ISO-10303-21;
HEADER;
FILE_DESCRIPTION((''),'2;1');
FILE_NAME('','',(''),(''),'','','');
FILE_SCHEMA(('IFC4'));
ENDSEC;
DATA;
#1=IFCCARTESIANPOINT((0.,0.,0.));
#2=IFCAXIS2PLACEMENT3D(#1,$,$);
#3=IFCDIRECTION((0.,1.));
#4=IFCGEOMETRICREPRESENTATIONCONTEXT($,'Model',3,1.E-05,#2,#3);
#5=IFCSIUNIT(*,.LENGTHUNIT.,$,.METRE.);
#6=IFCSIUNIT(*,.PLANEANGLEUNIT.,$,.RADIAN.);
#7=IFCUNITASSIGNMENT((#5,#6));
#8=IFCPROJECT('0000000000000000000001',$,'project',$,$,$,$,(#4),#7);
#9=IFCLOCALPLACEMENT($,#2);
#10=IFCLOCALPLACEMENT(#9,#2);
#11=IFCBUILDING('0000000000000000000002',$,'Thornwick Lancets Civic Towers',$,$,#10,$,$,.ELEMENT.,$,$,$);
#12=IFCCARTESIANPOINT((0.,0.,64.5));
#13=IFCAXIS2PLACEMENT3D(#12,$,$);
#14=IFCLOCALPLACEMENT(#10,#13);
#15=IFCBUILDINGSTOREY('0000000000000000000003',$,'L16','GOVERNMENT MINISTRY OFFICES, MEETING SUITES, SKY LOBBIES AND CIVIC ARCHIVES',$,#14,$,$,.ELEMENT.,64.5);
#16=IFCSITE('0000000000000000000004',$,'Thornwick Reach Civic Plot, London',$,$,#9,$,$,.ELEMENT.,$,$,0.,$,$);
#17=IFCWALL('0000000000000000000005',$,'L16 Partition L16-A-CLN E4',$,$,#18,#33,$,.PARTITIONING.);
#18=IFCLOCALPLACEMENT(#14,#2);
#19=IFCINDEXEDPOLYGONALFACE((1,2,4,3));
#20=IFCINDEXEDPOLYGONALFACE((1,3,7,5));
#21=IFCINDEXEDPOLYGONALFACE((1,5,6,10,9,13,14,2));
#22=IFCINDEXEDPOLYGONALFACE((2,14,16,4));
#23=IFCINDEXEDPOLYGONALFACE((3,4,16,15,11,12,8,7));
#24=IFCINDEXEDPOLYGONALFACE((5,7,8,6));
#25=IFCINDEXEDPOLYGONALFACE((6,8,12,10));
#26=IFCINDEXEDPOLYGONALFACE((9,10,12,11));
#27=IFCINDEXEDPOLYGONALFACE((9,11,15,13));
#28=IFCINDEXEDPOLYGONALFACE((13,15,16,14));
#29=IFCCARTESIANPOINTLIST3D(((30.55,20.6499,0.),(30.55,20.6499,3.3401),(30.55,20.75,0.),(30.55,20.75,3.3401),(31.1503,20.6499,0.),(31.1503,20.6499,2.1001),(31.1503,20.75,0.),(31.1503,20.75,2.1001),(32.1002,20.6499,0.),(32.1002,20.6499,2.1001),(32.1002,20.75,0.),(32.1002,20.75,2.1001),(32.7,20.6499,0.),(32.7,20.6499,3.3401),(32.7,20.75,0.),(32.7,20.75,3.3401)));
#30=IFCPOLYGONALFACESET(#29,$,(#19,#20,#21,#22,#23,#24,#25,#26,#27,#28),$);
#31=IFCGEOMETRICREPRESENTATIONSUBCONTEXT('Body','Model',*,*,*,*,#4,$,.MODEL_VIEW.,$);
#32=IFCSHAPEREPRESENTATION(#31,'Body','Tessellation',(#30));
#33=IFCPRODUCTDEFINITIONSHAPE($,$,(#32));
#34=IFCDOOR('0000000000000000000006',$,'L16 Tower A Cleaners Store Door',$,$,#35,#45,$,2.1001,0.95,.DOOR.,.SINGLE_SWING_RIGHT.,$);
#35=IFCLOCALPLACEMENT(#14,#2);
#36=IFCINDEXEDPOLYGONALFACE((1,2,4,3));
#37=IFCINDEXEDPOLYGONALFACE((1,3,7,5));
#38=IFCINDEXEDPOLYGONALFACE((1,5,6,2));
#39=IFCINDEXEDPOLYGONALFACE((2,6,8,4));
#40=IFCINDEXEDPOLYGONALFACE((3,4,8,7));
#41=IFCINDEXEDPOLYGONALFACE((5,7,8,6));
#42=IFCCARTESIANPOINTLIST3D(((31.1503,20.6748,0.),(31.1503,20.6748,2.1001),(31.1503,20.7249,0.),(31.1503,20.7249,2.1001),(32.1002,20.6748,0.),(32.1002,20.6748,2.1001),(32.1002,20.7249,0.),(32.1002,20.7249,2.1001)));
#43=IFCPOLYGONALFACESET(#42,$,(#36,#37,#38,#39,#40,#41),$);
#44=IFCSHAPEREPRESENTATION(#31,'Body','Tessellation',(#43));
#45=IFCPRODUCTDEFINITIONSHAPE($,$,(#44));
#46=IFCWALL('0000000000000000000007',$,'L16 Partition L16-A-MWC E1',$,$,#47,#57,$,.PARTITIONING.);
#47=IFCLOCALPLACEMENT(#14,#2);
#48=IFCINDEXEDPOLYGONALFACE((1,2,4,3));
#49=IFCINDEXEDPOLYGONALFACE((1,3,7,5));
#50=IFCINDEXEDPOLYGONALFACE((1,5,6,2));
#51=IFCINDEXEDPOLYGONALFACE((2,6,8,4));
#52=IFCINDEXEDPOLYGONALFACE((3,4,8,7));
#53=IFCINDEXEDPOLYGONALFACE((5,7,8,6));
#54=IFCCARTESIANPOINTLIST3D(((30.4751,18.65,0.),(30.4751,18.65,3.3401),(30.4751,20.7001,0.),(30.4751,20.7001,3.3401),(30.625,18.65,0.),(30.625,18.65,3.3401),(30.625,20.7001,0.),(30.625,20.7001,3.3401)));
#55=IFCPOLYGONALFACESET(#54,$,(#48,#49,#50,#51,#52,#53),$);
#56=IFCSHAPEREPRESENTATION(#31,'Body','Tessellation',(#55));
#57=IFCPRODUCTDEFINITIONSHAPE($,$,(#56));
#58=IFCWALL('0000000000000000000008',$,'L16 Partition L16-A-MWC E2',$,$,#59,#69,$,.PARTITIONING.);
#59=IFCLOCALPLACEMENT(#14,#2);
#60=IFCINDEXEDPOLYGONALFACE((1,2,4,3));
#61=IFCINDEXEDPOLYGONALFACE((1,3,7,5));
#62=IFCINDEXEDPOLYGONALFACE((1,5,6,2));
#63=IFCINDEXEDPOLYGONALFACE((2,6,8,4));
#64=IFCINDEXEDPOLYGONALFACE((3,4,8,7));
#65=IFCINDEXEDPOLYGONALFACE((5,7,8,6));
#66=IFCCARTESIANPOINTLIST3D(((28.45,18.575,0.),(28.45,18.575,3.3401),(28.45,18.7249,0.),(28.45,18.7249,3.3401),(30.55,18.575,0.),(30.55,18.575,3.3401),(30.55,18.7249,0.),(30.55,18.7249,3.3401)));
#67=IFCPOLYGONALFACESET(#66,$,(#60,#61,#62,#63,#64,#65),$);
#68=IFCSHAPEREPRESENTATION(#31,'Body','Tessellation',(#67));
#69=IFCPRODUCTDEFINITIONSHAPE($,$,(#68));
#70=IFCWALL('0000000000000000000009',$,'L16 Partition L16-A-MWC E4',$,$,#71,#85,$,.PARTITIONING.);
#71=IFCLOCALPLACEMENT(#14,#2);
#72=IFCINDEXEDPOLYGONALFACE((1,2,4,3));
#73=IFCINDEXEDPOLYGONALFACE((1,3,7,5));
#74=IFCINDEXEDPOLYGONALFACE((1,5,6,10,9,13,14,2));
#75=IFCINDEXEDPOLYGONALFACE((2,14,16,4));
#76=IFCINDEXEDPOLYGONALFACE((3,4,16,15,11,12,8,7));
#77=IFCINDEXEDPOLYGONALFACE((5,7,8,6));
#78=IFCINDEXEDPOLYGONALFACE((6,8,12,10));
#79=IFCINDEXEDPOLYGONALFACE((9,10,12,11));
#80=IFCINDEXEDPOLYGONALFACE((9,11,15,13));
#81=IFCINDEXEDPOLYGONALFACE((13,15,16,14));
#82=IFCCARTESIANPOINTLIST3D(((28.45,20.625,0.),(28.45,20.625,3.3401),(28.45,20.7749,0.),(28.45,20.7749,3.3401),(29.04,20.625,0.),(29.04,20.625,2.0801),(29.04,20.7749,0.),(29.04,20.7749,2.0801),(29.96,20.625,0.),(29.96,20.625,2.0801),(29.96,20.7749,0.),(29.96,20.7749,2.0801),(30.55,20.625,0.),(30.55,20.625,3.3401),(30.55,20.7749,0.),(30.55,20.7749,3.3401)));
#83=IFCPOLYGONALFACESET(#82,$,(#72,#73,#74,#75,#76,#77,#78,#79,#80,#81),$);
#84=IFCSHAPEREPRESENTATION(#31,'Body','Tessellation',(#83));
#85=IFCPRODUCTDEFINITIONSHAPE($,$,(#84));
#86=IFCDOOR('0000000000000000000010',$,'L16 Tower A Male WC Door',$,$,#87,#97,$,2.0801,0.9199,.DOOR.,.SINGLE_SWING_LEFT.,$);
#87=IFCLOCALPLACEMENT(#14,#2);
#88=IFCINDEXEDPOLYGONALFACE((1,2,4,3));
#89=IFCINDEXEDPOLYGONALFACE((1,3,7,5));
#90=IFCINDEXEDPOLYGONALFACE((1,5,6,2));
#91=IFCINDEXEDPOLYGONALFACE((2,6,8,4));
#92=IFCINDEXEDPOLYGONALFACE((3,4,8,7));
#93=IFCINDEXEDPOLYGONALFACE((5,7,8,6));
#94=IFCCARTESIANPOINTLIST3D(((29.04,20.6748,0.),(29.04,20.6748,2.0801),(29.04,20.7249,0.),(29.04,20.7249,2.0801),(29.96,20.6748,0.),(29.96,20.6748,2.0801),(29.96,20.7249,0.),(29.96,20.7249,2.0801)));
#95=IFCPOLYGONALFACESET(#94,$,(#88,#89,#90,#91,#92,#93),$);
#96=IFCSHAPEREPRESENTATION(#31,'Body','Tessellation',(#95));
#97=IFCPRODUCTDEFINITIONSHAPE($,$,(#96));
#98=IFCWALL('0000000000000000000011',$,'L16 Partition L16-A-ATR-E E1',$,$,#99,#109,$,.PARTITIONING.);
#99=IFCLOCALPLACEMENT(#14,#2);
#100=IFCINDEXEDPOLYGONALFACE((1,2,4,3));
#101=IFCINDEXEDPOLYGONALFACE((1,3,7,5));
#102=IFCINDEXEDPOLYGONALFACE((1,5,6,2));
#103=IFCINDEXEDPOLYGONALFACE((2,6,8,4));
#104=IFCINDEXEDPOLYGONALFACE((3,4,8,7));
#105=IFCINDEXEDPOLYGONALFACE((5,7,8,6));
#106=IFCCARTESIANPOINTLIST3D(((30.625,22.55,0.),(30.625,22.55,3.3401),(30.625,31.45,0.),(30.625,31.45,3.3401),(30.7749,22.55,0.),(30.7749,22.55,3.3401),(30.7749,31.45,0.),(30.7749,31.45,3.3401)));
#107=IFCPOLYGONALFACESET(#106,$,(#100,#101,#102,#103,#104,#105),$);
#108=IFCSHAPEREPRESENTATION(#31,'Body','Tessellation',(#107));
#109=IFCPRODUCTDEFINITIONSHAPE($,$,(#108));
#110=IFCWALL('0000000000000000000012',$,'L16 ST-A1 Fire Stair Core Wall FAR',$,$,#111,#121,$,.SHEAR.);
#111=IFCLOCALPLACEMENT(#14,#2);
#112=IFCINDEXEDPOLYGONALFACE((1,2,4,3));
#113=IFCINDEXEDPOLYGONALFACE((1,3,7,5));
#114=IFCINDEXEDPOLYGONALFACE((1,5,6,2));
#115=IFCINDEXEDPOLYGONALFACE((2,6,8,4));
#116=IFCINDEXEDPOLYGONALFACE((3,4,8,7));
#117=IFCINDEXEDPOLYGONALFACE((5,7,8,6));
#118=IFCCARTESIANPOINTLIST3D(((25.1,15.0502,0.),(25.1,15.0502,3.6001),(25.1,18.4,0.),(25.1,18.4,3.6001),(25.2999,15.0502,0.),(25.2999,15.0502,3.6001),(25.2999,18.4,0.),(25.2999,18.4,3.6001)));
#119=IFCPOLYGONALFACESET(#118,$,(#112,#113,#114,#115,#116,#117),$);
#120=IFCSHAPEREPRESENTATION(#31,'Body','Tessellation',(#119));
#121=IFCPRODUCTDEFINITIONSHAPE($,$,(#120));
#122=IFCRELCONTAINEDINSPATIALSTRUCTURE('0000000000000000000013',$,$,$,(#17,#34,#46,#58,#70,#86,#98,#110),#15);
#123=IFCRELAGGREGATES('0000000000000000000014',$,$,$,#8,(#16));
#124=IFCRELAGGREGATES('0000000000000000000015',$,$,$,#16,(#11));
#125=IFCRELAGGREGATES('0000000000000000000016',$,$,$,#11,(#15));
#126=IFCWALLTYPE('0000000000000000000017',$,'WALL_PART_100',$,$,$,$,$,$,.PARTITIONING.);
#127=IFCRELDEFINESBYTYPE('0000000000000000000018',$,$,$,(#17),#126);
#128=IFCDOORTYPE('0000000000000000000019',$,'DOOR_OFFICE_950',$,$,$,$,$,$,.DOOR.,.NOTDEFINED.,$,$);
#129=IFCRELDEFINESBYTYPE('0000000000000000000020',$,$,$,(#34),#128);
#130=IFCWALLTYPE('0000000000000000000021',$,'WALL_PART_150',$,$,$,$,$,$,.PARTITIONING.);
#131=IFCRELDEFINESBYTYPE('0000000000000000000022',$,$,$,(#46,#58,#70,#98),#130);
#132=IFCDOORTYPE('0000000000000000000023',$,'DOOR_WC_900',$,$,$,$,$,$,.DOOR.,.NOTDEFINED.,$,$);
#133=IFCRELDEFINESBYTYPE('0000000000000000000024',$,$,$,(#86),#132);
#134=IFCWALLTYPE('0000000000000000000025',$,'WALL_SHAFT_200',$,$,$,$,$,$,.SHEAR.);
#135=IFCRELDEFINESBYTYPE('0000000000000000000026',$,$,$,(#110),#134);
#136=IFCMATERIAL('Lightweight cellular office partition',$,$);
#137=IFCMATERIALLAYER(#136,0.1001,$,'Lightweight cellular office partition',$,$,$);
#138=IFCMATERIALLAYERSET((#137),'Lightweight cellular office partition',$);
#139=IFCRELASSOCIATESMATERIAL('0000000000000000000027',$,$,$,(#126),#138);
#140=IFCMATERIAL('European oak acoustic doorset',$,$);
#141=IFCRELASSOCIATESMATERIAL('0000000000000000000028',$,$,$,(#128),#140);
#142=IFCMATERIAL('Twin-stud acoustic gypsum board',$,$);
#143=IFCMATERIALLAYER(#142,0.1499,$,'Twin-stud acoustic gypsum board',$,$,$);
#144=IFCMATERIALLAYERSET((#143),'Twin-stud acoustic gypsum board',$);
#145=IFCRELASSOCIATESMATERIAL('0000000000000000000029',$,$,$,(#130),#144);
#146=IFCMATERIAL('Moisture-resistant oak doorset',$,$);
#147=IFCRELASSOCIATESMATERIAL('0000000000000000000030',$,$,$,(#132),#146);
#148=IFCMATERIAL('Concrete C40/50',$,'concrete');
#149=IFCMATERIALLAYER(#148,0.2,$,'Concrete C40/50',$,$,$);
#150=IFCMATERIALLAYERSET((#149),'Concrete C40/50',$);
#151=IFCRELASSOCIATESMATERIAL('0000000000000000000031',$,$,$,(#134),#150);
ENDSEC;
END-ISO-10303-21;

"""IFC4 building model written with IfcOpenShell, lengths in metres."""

from ifc_helpers import new_model, si_unit, direction, frame, frame_2d, origin, place, context, subcontext, project, spatial, rectangle, extrude, material, layer, layer_set, type_object, element, fill, save


model = new_model("IFC4")

# Units and contexts
model_context = context("Model", 3, precision=1e-05, world=origin(), true_north=direction((0.0, 1.0)))
body_context = subcontext(model_context, "Body", "Model", "MODEL_VIEW")
ifc_project = project(units=[si_unit("LENGTHUNIT", "METRE"), si_unit("PLANEANGLEUNIT", "RADIAN")], contexts=[model_context])

# Site, building, storey
site_placement = place(None, origin())
site = spatial("IfcSite", under=ifc_project, at=site_placement, Name="Thornwick Reach Civic Plot, London", CompositionType="ELEMENT", RefElevation=0.0)
building_placement = place(site_placement, origin())
building = spatial("IfcBuilding", under=site, at=building_placement, Name="Thornwick Lancets Civic Towers", CompositionType="ELEMENT")
storey_placement = place(building_placement, frame((0.0, 0.0, 64.5)))
storey = spatial("IfcBuildingStorey", under=building, at=storey_placement, Name="L16", Description="GOVERNMENT MINISTRY OFFICES, MEETING SUITES, SKY LOBBIES AND CIVIC ARCHIVES", CompositionType="ELEMENT", Elevation=64.5)

# Shared definitions
ifc_material_1 = material(Name="Lightweight cellular office partition")
ifc_layer_1 = layer(ifc_material_1, 0.1001, Name="Lightweight cellular office partition")
ifc_layer_set_1 = layer_set([ifc_layer_1], Name="Lightweight cellular office partition")
wall_type_1 = type_object("IfcWallType", Name="WALL_PART_100", PredefinedType="PARTITIONING", material=ifc_layer_set_1)

# Wall, opening, door
wall_1_placement = place(storey_placement, frame((30.55, 20.7, 0.0), z_axis=(0.0, 0.0, 1.0), x_axis=(1.0, 0.0, 0.0)))
wall_1 = element("IfcWall", 1, at=wall_1_placement, inside=storey, type_object=wall_type_1, Name="L16 Partition L16-A-CLN E4", PredefinedType="PARTITIONING", context=body_context, shape_type="SweptSolid", body=[
    extrude(rectangle(XDim=2.1499, YDim=0.1001, at=frame_2d((1.075, 0.0))), origin(), (0.0, 0.0, 1.0), 3.3401),
])
opening_1_placement = place(wall_1_placement, frame((0.6001, 0.0, 0.0)))
opening_1 = element("IfcOpeningElement", 2, at=opening_1_placement, cuts=wall_1, PredefinedType="OPENING", context=body_context, shape_type="SweptSolid", body=[
    extrude(rectangle(XDim=0.95, YDim=2.1001, at=frame_2d((0.4751, 1.05))), frame((0.0, 0.0601, 0.0), z_axis=(0.0, -1.0, 0.0), x_axis=(1.0, 0.0, 0.0)), (0.0, 0.0, 1.0), 0.1201),
])
ifc_material_2 = material(Name="European oak acoustic doorset")
door_type_1 = type_object("IfcDoorType", Name="DOOR_OFFICE_950", OperationType="NOTDEFINED", PredefinedType="DOOR", material=ifc_material_2)
door_1_placement = place(opening_1_placement, origin())
door_1 = element("IfcDoor", 3, at=door_1_placement, inside=storey, type_object=door_type_1, Name="L16 Tower A Cleaners Store Door", OperationType="SINGLE_SWING_RIGHT", OverallHeight=2.1001, OverallWidth=0.95, PredefinedType="DOOR", context=body_context, shape_type="SweptSolid", body=[
    extrude(rectangle(XDim=0.95, YDim=2.1001, at=frame_2d((0.4751, 1.05))), frame((0.0, 0.0249, 0.0), z_axis=(0.0, -1.0, 0.0), x_axis=(1.0, 0.0, 0.0)), (0.0, 0.0, 1.0), 0.05),
])
fill(opening_1, door_1)

# Walls
ifc_material_3 = material(Name="Twin-stud acoustic gypsum board")
ifc_layer_2 = layer(ifc_material_3, 0.1499, Name="Twin-stud acoustic gypsum board")
ifc_layer_set_2 = layer_set([ifc_layer_2], Name="Twin-stud acoustic gypsum board")
wall_type_2 = type_object("IfcWallType", Name="WALL_PART_150", PredefinedType="PARTITIONING", material=ifc_layer_set_2)
wall_2_placement = place(storey_placement, frame((30.55, 20.7, 0.0), z_axis=(0.0, 0.0, 1.0), x_axis=(0.0, -1.0, 0.0)))
element("IfcWall", 4, at=wall_2_placement, inside=storey, type_object=wall_type_2, Name="L16 Partition L16-A-MWC E1", PredefinedType="PARTITIONING", context=body_context, shape_type="SweptSolid", body=[
    extrude(rectangle(XDim=2.05, YDim=0.1499, at=frame_2d((1.0249, 0.0))), origin(), (0.0, 0.0, 1.0), 3.3401),
])
wall_3_placement = place(storey_placement, frame((30.55, 18.6499, 0.0), z_axis=(0.0, 0.0, 1.0), x_axis=(-1.0, 0.0, 0.0)))
element("IfcWall", 5, at=wall_3_placement, inside=storey, type_object=wall_type_2, Name="L16 Partition L16-A-MWC E2", PredefinedType="PARTITIONING", context=body_context, shape_type="SweptSolid", body=[
    extrude(rectangle(XDim=2.1001, YDim=0.1499, at=frame_2d((1.05, 0.0))), origin(), (0.0, 0.0, 1.0), 3.3401),
])

# Wall, opening, door
wall_4_placement = place(storey_placement, frame((28.45, 20.7, 0.0), z_axis=(0.0, 0.0, 1.0), x_axis=(1.0, 0.0, 0.0)))
wall_4 = element("IfcWall", 6, at=wall_4_placement, inside=storey, type_object=wall_type_2, Name="L16 Partition L16-A-MWC E4", PredefinedType="PARTITIONING", context=body_context, shape_type="SweptSolid", body=[
    extrude(rectangle(XDim=2.1001, YDim=0.1499, at=frame_2d((1.05, 0.0))), origin(), (0.0, 0.0, 1.0), 3.3401),
])
opening_2_placement = place(wall_4_placement, frame((0.5901, 0.0, 0.0)))
opening_2 = element("IfcOpeningElement", 7, at=opening_2_placement, cuts=wall_4, PredefinedType="OPENING", context=body_context, shape_type="SweptSolid", body=[
    extrude(rectangle(XDim=0.9199, YDim=2.0801, at=frame_2d((0.46, 1.04))), frame((0.0, 0.085, 0.0), z_axis=(0.0, -1.0, 0.0), x_axis=(1.0, 0.0, 0.0)), (0.0, 0.0, 1.0), 0.1699),
])
ifc_material_4 = material(Name="Moisture-resistant oak doorset")
door_type_2 = type_object("IfcDoorType", Name="DOOR_WC_900", OperationType="NOTDEFINED", PredefinedType="DOOR", material=ifc_material_4)
door_2_placement = place(opening_2_placement, origin())
door_2 = element("IfcDoor", 8, at=door_2_placement, inside=storey, type_object=door_type_2, Name="L16 Tower A Male WC Door", OperationType="SINGLE_SWING_LEFT", OverallHeight=2.0801, OverallWidth=0.9199, PredefinedType="DOOR", context=body_context, shape_type="SweptSolid", body=[
    extrude(rectangle(XDim=0.9199, YDim=2.0801, at=frame_2d((0.46, 1.04))), frame((0.0, 0.0249, 0.0), z_axis=(0.0, -1.0, 0.0), x_axis=(1.0, 0.0, 0.0)), (0.0, 0.0, 1.0), 0.05),
])
fill(opening_2, door_2)

# Walls
wall_5_placement = place(storey_placement, frame((30.7, 22.55, 0.0), z_axis=(0.0, 0.0, 1.0), x_axis=(0.0, 1.0, 0.0)))
element("IfcWall", 9, at=wall_5_placement, inside=storey, type_object=wall_type_2, Name="L16 Partition L16-A-ATR-E E1", PredefinedType="PARTITIONING", context=body_context, shape_type="SweptSolid", body=[
    extrude(rectangle(XDim=8.8999, YDim=0.1499, at=frame_2d((4.45, 0.0))), origin(), (0.0, 0.0, 1.0), 3.3401),
])
ifc_material_5 = material(Name="Concrete C40/50", Category="concrete")
ifc_layer_3 = layer(ifc_material_5, 0.2, Name="Concrete C40/50")
ifc_layer_set_3 = layer_set([ifc_layer_3], Name="Concrete C40/50")
wall_type_3 = type_object("IfcWallType", Name="WALL_SHAFT_200", PredefinedType="SHEAR", material=ifc_layer_set_3)
wall_6_placement = place(storey_placement, frame((25.2, 18.3999, 0.0), z_axis=(0.0, 0.0, 1.0), x_axis=(0.0, -1.0, 0.0)))
element("IfcWall", 10, at=wall_6_placement, inside=storey, type_object=wall_type_3, Name="L16 ST-A1 Fire Stair Core Wall FAR", PredefinedType="SHEAR", context=body_context, shape_type="SweptSolid", body=[
    extrude(rectangle(XDim=3.3499, YDim=0.2, at=frame_2d((1.6748, 0.0))), origin(), (0.0, 0.0, 1.0), 3.6001),
])

save(model, "model.ifc")
